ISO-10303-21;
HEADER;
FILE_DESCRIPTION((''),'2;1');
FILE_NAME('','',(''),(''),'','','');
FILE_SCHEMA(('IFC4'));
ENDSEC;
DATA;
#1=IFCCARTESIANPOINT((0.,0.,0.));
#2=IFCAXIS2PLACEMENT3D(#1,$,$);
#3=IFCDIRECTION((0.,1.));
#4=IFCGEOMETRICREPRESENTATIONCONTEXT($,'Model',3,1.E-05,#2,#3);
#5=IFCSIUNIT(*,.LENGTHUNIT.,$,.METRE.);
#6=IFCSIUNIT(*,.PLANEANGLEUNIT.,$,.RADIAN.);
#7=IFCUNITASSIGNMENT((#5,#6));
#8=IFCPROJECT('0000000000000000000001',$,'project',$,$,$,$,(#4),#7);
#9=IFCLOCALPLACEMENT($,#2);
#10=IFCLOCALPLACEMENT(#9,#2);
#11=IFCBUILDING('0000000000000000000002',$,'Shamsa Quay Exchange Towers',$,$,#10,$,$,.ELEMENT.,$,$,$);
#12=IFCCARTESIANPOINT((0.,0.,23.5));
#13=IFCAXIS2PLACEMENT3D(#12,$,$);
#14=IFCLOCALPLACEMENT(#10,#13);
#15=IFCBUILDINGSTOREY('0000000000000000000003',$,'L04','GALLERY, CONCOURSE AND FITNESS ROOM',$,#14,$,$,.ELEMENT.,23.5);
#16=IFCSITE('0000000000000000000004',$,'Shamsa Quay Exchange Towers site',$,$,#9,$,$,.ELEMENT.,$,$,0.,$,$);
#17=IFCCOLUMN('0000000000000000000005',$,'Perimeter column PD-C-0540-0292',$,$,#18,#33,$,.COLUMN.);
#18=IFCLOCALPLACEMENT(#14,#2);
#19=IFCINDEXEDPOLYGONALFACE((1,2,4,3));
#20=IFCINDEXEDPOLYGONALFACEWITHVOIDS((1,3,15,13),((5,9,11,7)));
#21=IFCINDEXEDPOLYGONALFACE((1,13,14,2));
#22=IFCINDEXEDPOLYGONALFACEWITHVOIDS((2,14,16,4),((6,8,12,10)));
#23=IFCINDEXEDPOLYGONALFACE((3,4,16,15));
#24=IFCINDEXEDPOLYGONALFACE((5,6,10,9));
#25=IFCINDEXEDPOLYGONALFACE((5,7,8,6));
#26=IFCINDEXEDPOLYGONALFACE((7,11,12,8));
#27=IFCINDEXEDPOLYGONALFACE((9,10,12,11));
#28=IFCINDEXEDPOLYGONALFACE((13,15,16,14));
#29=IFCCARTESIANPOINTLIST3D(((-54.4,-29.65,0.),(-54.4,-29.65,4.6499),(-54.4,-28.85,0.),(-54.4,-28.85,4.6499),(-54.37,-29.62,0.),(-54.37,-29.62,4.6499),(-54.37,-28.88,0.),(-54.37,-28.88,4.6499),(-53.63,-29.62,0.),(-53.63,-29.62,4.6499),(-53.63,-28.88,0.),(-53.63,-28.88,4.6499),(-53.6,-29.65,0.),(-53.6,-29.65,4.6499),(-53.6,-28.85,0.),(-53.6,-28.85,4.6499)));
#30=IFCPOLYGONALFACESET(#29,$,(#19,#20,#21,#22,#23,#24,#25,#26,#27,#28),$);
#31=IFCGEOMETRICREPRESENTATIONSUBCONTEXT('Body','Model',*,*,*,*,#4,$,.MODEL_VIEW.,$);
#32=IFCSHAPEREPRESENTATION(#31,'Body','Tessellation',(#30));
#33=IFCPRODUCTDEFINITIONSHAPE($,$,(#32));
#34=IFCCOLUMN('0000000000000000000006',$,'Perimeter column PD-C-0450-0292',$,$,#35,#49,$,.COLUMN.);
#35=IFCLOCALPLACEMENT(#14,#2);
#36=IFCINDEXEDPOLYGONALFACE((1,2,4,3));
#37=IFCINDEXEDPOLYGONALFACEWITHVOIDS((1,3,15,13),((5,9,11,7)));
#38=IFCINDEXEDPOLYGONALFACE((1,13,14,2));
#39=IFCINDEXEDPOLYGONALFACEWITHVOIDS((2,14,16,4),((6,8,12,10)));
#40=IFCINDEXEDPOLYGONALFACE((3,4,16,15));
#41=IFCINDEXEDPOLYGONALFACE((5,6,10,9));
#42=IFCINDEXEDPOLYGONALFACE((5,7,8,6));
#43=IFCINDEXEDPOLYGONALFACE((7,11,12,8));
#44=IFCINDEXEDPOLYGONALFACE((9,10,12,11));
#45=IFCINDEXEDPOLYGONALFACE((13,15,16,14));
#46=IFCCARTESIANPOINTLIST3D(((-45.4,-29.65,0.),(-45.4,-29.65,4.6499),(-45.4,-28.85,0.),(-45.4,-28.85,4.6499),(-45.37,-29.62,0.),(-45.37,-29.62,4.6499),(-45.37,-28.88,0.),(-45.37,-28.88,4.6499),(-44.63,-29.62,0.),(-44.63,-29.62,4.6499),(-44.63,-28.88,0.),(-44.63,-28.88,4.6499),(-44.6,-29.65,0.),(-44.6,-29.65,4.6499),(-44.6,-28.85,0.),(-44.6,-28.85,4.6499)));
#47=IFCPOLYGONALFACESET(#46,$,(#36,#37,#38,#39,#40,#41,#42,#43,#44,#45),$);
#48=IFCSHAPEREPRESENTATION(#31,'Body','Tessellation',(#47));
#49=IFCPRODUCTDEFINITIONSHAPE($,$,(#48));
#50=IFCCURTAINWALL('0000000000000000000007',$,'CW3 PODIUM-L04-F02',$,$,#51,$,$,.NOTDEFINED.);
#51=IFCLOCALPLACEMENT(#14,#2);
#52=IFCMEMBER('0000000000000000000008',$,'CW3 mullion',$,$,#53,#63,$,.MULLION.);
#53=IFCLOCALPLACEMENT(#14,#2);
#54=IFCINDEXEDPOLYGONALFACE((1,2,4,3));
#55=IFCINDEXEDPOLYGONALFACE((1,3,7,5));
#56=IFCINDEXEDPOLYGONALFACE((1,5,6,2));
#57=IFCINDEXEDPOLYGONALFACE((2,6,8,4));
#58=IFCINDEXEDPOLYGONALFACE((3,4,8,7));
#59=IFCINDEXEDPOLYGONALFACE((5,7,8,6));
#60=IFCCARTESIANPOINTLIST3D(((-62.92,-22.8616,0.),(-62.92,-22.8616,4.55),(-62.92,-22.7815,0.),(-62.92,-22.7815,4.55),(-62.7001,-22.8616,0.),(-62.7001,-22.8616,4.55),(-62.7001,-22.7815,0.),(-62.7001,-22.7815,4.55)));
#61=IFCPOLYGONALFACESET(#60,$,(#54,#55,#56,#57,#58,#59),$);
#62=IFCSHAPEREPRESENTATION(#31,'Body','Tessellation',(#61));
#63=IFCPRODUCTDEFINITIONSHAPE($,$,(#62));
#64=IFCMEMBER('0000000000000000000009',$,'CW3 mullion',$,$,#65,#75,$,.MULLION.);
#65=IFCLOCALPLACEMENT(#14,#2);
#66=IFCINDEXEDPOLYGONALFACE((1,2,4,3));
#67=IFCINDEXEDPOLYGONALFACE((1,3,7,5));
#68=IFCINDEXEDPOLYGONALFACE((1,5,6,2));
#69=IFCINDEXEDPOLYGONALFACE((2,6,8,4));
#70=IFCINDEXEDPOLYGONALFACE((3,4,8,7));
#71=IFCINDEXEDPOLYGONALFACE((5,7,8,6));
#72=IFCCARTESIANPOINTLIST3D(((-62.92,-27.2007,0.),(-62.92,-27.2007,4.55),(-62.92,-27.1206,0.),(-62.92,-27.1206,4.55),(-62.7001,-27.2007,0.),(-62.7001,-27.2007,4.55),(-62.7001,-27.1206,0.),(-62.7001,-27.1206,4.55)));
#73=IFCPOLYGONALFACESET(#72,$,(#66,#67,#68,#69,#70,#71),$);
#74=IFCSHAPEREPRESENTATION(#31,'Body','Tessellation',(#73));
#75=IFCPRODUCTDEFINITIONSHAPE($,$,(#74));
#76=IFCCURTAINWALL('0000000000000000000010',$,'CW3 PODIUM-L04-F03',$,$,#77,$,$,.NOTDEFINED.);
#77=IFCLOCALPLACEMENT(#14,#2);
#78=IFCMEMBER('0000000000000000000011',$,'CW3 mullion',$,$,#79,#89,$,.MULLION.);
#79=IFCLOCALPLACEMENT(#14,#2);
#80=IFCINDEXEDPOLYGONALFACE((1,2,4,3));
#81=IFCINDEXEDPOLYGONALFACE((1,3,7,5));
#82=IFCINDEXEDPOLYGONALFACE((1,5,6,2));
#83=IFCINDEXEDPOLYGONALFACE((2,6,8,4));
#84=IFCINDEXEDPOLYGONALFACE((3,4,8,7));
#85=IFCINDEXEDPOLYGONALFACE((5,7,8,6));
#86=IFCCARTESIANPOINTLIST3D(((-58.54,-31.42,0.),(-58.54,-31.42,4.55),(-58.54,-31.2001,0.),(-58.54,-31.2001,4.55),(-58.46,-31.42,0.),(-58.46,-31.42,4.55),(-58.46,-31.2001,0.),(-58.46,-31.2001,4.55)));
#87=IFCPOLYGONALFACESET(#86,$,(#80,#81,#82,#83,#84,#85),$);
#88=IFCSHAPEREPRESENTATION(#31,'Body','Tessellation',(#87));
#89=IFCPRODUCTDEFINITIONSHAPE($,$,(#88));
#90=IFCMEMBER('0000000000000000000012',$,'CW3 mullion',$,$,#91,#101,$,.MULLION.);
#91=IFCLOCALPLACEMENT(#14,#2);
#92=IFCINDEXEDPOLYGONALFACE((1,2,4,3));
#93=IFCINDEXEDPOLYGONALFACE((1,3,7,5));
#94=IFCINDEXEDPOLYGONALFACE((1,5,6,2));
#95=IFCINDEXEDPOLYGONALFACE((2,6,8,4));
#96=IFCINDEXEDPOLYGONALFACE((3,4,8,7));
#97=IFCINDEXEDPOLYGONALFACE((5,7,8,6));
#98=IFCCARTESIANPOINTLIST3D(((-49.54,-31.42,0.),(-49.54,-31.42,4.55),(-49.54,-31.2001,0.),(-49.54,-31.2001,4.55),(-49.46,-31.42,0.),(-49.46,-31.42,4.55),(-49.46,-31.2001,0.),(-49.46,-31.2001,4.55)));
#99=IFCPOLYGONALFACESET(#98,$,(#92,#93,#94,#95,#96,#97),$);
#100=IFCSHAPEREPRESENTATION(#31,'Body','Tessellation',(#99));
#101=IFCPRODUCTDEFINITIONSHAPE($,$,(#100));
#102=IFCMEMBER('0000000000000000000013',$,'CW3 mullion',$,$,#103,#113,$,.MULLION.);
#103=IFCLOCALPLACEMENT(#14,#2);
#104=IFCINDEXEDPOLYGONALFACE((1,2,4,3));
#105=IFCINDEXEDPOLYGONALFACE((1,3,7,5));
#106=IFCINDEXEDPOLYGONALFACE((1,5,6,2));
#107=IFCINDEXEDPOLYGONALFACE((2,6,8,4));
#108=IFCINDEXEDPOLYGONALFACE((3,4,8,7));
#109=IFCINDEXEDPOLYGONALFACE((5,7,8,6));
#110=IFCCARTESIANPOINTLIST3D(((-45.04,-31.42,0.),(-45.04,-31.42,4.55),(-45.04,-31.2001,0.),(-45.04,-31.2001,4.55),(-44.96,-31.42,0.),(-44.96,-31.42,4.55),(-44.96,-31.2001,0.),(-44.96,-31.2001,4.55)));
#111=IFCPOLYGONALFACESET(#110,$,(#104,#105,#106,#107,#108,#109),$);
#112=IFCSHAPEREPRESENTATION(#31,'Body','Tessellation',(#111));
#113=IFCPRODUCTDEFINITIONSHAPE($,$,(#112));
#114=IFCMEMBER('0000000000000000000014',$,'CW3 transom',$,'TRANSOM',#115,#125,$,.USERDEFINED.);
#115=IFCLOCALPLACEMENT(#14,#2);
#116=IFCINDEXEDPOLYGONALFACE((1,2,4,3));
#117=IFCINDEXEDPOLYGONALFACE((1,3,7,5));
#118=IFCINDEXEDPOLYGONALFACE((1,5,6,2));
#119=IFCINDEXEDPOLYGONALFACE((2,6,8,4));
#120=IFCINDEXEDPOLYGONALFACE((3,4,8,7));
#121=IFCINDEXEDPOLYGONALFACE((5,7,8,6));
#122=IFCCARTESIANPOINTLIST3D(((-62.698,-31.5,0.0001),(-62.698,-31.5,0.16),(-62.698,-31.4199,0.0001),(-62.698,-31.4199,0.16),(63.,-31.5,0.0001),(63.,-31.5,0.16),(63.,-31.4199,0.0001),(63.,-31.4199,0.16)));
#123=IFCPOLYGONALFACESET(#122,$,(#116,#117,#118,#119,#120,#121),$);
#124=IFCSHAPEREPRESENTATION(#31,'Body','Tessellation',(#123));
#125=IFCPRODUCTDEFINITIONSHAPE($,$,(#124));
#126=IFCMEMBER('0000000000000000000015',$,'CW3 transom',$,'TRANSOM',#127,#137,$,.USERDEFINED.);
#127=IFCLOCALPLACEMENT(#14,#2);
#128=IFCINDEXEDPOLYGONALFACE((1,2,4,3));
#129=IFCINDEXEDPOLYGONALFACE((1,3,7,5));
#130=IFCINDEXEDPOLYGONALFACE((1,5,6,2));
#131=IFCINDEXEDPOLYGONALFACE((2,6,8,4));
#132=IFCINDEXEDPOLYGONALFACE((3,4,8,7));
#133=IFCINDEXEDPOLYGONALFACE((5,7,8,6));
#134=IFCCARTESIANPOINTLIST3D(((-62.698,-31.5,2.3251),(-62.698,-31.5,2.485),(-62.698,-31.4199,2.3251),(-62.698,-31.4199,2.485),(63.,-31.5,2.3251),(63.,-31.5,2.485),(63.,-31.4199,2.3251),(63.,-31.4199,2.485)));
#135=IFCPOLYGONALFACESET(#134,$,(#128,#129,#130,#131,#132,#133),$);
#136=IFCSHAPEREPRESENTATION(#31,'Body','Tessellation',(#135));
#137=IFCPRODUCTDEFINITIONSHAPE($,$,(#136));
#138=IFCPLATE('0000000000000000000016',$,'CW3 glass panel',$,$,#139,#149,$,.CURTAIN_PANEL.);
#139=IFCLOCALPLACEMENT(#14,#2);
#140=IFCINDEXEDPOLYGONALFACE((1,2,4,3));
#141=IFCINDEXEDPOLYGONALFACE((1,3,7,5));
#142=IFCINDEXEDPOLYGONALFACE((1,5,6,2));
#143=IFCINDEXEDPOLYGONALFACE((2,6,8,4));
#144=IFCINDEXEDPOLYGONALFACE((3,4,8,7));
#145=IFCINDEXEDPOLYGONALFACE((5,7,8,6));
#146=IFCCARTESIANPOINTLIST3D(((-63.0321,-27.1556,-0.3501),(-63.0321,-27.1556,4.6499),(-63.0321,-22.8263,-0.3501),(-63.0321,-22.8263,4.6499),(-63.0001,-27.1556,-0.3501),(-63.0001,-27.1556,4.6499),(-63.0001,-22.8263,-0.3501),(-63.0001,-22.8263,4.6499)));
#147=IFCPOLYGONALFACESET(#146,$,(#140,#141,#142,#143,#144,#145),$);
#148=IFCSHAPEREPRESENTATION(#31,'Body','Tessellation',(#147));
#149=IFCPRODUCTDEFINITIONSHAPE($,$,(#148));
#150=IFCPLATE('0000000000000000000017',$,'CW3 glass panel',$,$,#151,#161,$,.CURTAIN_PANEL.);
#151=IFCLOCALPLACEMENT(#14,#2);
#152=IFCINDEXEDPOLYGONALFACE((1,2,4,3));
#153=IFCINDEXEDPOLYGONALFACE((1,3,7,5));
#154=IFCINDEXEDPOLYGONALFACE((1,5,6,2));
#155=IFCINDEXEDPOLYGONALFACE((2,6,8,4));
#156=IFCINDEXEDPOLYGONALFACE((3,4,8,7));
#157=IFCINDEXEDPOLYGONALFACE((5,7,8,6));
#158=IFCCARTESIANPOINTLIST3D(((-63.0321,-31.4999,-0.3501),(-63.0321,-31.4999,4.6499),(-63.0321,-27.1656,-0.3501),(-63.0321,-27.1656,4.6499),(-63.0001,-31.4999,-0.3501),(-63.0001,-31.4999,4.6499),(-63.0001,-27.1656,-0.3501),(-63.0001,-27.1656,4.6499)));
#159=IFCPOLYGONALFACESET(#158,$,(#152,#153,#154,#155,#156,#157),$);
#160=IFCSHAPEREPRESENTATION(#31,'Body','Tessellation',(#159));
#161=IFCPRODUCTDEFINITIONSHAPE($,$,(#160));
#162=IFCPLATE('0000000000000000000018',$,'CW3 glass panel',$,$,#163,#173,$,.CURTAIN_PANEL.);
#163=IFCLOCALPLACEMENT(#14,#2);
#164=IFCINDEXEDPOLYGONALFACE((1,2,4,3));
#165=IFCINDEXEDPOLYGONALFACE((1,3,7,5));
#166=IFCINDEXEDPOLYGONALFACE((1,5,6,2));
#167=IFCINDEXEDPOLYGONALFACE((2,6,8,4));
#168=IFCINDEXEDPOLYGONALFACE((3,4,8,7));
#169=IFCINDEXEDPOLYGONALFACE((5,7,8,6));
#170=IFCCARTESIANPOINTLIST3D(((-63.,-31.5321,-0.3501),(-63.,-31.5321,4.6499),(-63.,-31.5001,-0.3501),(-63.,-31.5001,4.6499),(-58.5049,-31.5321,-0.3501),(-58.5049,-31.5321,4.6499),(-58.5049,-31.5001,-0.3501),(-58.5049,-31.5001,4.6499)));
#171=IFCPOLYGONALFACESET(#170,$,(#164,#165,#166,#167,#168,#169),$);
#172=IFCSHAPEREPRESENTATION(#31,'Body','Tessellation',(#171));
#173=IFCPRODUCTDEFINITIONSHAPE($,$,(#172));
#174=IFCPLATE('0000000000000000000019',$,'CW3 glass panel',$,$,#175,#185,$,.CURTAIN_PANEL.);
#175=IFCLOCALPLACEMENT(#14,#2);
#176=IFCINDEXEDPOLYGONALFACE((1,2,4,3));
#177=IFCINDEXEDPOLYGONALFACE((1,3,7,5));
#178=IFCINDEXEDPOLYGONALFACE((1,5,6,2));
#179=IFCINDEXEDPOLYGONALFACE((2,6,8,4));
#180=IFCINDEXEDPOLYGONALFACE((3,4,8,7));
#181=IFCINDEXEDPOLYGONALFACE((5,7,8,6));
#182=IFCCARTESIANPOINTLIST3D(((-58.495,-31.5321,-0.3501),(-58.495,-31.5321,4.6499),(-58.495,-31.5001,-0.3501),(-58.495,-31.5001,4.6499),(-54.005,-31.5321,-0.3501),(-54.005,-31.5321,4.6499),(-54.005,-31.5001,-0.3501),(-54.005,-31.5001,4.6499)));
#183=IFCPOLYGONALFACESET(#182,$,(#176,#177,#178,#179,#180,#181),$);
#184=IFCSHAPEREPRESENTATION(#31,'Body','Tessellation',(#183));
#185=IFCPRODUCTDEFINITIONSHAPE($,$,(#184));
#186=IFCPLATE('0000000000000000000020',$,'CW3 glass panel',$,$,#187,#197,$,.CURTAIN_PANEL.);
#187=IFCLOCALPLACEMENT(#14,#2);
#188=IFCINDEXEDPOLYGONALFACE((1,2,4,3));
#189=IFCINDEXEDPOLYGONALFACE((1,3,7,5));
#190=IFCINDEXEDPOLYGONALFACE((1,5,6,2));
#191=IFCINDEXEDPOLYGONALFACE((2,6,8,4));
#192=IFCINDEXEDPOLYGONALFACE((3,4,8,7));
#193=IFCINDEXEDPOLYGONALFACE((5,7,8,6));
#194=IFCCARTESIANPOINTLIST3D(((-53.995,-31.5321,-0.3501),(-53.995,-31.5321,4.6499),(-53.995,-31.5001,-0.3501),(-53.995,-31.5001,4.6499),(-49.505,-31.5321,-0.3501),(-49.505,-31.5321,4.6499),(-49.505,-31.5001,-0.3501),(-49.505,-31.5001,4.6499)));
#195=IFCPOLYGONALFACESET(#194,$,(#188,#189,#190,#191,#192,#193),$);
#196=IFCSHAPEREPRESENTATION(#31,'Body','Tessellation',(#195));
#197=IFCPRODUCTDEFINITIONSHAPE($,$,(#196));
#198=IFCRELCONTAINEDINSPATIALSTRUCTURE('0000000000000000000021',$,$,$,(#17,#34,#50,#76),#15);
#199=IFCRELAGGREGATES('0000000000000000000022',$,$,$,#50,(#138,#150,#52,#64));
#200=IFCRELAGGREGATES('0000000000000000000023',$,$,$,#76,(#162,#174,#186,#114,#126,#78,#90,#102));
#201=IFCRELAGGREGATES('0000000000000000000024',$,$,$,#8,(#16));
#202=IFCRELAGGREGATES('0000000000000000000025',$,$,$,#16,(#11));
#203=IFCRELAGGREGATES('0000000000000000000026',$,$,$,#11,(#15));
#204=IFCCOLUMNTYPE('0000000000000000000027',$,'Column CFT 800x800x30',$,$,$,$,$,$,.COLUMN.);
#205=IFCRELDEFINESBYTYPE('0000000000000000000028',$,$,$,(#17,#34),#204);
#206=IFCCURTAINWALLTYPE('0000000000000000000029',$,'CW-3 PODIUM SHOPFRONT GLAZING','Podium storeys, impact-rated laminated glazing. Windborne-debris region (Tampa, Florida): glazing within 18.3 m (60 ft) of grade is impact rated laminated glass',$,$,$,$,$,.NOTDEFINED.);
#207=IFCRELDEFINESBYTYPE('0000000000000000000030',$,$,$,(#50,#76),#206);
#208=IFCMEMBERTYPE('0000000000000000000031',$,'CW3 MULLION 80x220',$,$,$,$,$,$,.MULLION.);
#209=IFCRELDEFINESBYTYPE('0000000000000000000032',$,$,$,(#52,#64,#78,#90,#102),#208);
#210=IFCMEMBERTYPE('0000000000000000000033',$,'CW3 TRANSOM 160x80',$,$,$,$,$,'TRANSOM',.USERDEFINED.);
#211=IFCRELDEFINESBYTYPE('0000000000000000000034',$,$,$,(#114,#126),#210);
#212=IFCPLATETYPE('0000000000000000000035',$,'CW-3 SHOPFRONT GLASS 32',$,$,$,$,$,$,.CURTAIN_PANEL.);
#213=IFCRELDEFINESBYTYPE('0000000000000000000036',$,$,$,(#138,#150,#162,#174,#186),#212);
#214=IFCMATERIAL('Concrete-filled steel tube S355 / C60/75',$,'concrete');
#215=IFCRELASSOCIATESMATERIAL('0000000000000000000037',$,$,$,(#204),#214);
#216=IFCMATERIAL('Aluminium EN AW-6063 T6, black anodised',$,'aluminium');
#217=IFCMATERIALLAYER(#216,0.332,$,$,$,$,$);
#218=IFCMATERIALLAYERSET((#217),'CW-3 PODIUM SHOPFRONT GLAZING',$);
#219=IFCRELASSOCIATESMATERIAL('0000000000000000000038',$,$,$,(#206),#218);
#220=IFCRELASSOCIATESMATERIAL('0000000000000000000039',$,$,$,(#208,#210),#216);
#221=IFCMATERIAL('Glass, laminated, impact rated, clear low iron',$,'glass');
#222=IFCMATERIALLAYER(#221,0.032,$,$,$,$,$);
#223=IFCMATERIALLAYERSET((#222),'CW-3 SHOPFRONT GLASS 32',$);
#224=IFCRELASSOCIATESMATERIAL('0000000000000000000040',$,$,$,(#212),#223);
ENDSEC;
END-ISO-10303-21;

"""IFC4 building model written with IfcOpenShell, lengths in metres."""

from ifc_helpers import new_model, si_unit, direction, frame, origin, origin_2d, place, context, subcontext, project, spatial, rectangle, hollow_rectangle, extrude, material, layer, layer_set, material_profile, profile_set, type_object, element, aggregate, save


model = new_model("IFC4")

# Units and contexts
model_context = context("Model", 3, precision=1e-05, world=origin(), true_north=direction((0.0, 1.0)))
body_context = subcontext(model_context, "Body", "Model", "MODEL_VIEW")
ifc_project = project(units=[si_unit("LENGTHUNIT", "METRE"), si_unit("PLANEANGLEUNIT", "RADIAN")], contexts=[model_context])

# Site, building, storey
site_placement = place(None, origin())
site = spatial("IfcSite", under=ifc_project, at=site_placement, Name="Shamsa Quay Exchange Towers site", CompositionType="ELEMENT", RefElevation=0.0)
building_placement = place(site_placement, origin())
building = spatial("IfcBuilding", under=site, at=building_placement, Name="Shamsa Quay Exchange Towers", CompositionType="ELEMENT")
storey_placement = place(building_placement, frame((0.0, 0.0, 23.5)))
storey = spatial("IfcBuildingStorey", under=building, at=storey_placement, Name="L04", Description="GALLERY, CONCOURSE AND FITNESS ROOM", CompositionType="ELEMENT", Elevation=23.5)

# Columns
ifc_material_1 = material(Name="Concrete-filled steel tube S355 / C60/75", Category="concrete")
ifc_material_profile_1 = material_profile(ifc_material_1, hollow_rectangle(XDim=0.8, YDim=0.8, WallThickness=0.03, at=origin_2d()), Name="CFT 800x800x30")
ifc_profile_set_1 = profile_set([ifc_material_profile_1], Name="Concrete-filled steel tube S355 / C60/75")
column_type = type_object("IfcColumnType", Name="Column CFT 800x800x30", PredefinedType="COLUMN", material=ifc_profile_set_1)
for number, where, name in (
    (1, (-54.0, -29.25, 0.0), "Perimeter column PD-C-0540-0292"),
    (2, (-45.0, -29.25, 0.0), "Perimeter column PD-C-0450-0292"),
):
    element("IfcColumn", number, at=place(storey_placement, frame(where)), inside=storey, type_object=column_type, Name=name, PredefinedType="COLUMN", context=body_context, shape_type="SweptSolid", body=[
        extrude(hollow_rectangle(XDim=0.8, YDim=0.8, WallThickness=0.03, at=origin_2d()), origin(), (0.0, 0.0, 1.0), 4.6499),
    ])

# Curtain walls, members
ifc_material_2 = material(Name="Aluminium EN AW-6063 T6, black anodised", Category="aluminium")
ifc_layer_1 = layer(ifc_material_2, 0.332)
ifc_layer_set_1 = layer_set([ifc_layer_1], Name="CW-3 PODIUM SHOPFRONT GLAZING")
curtain_wall_type = type_object("IfcCurtainWallType", Name="CW-3 PODIUM SHOPFRONT GLAZING", Description="Podium storeys, impact-rated laminated glazing. Windborne-debris region (Tampa, Florida): glazing within 18.3 m (60 ft) of grade is impact rated laminated glass", PredefinedType="NOTDEFINED", material=ifc_layer_set_1)
curtain_wall_1_placement = place(storey_placement, origin())
curtain_wall_1 = element("IfcCurtainWall", 3, at=curtain_wall_1_placement, inside=storey, type_object=curtain_wall_type, Name="CW3 PODIUM-L04-F02", PredefinedType="NOTDEFINED")
ifc_material_profile_2 = material_profile(ifc_material_2, rectangle(XDim=0.22, YDim=0.0801, at=origin_2d()), Name="MU80x220")
ifc_profile_set_2 = profile_set([ifc_material_profile_2], Name="Aluminium EN AW-6063 T6, black anodised")
member_type_1 = type_object("IfcMemberType", Name="CW3 MULLION 80x220", PredefinedType="MULLION", material=ifc_profile_set_2)
member_1_placement = place(storey_placement, frame((-62.8101, -22.8215, 0.0)))
member_1 = element("IfcMember", 4, at=member_1_placement, type_object=member_type_1, Name="CW3 mullion", PredefinedType="MULLION", context=body_context, shape_type="SweptSolid", body=[
    extrude(rectangle(XDim=0.22, YDim=0.0801, at=origin_2d()), origin(), (0.0, 0.0, 1.0), 4.55),
])
member_2_placement = place(storey_placement, frame((-62.8101, -27.1606, 0.0)))
member_2 = element("IfcMember", 5, at=member_2_placement, type_object=member_type_1, Name="CW3 mullion", PredefinedType="MULLION", context=body_context, shape_type="SweptSolid", body=[
    extrude(rectangle(XDim=0.22, YDim=0.0801, at=origin_2d()), origin(), (0.0, 0.0, 1.0), 4.55),
])
curtain_wall_2_placement = place(storey_placement, origin())
curtain_wall_2 = element("IfcCurtainWall", 6, at=curtain_wall_2_placement, inside=storey, type_object=curtain_wall_type, Name="CW3 PODIUM-L04-F03", PredefinedType="NOTDEFINED")
member_3_placement = place(storey_placement, frame((-58.5, -31.3101, 0.0), z_axis=(0.0, 0.0, 1.0), x_axis=(0.0, 1.0, 0.0)))
member_3 = element("IfcMember", 7, at=member_3_placement, type_object=member_type_1, Name="CW3 mullion", PredefinedType="MULLION", context=body_context, shape_type="SweptSolid", body=[
    extrude(rectangle(XDim=0.22, YDim=0.0801, at=origin_2d()), origin(), (0.0, 0.0, 1.0), 4.55),
])
member_4_placement = place(storey_placement, frame((-49.5, -31.3101, 0.0), z_axis=(0.0, 0.0, 1.0), x_axis=(0.0, 1.0, 0.0)))
member_4 = element("IfcMember", 8, at=member_4_placement, type_object=member_type_1, Name="CW3 mullion", PredefinedType="MULLION", context=body_context, shape_type="SweptSolid", body=[
    extrude(rectangle(XDim=0.22, YDim=0.0801, at=origin_2d()), origin(), (0.0, 0.0, 1.0), 4.55),
])
member_5_placement = place(storey_placement, frame((-45.0, -31.3101, 0.0), z_axis=(0.0, 0.0, 1.0), x_axis=(0.0, 1.0, 0.0)))
member_5 = element("IfcMember", 9, at=member_5_placement, type_object=member_type_1, Name="CW3 mullion", PredefinedType="MULLION", context=body_context, shape_type="SweptSolid", body=[
    extrude(rectangle(XDim=0.22, YDim=0.0801, at=origin_2d()), origin(), (0.0, 0.0, 1.0), 4.55),
])
ifc_material_profile_3 = material_profile(ifc_material_2, rectangle(XDim=0.0801, YDim=0.1599, at=origin_2d()), Name="TR160x80")
ifc_profile_set_3 = profile_set([ifc_material_profile_3], Name="Aluminium EN AW-6063 T6, black anodised")
member_type_2 = type_object("IfcMemberType", Name="CW3 TRANSOM 160x80", ElementType="TRANSOM", PredefinedType="USERDEFINED", material=ifc_profile_set_3)
member_6_placement = place(storey_placement, frame((-62.698, -31.46, 0.0801), z_axis=(1.0, 0.0, 0.0), x_axis=(0.0, 1.0, 0.0)))
member_6 = element("IfcMember", 10, at=member_6_placement, type_object=member_type_2, Name="CW3 transom", ObjectType="TRANSOM", PredefinedType="USERDEFINED", context=body_context, shape_type="SweptSolid", body=[
    extrude(rectangle(XDim=0.0801, YDim=0.1599, at=origin_2d()), origin(), (0.0, 0.0, 1.0), 125.698),
])
member_7_placement = place(storey_placement, frame((-62.698, -31.46, 2.405), z_axis=(1.0, 0.0, 0.0), x_axis=(0.0, 1.0, 0.0)))
member_7 = element("IfcMember", 11, at=member_7_placement, type_object=member_type_2, Name="CW3 transom", ObjectType="TRANSOM", PredefinedType="USERDEFINED", context=body_context, shape_type="SweptSolid", body=[
    extrude(rectangle(XDim=0.0801, YDim=0.1599, at=origin_2d()), origin(), (0.0, 0.0, 1.0), 125.698),
])

# Plates
ifc_material_3 = material(Name="Glass, laminated, impact rated, clear low iron", Category="glass")
ifc_layer_2 = layer(ifc_material_3, 0.032)
ifc_layer_set_2 = layer_set([ifc_layer_2], Name="CW-3 SHOPFRONT GLASS 32")
plate_type = type_object("IfcPlateType", Name="CW-3 SHOPFRONT GLASS 32", PredefinedType="CURTAIN_PANEL", material=ifc_layer_set_2)
plate_1_placement = place(storey_placement, frame((-63.0161, -24.991, -0.3501), z_axis=(0.0, 0.0, 1.0), x_axis=(0.0, -1.0, 0.0)))
plate_1 = element("IfcPlate", 12, at=plate_1_placement, type_object=plate_type, Name="CW3 glass panel", PredefinedType="CURTAIN_PANEL", context=body_context, shape_type="SweptSolid", body=[
    extrude(rectangle(XDim=4.3293, YDim=0.032, at=origin_2d()), origin(), (0.0, 0.0, 1.0), 5.0),
])
plate_2_placement = place(storey_placement, frame((-63.0161, -29.3328, -0.3501), z_axis=(0.0, 0.0, 1.0), x_axis=(0.0, -1.0, 0.0)))
plate_2 = element("IfcPlate", 13, at=plate_2_placement, type_object=plate_type, Name="CW3 glass panel", PredefinedType="CURTAIN_PANEL", context=body_context, shape_type="SweptSolid", body=[
    extrude(rectangle(XDim=4.3342, YDim=0.032, at=origin_2d()), origin(), (0.0, 0.0, 1.0), 5.0),
])
aggregate(curtain_wall_1, [plate_1, plate_2, member_1, member_2])
plate_3_placement = place(storey_placement, frame((-60.7524, -31.5161, -0.3501)))
plate_3 = element("IfcPlate", 14, at=plate_3_placement, type_object=plate_type, Name="CW3 glass panel", PredefinedType="CURTAIN_PANEL", context=body_context, shape_type="SweptSolid", body=[
    extrude(rectangle(XDim=4.4951, YDim=0.032, at=origin_2d()), origin(), (0.0, 0.0, 1.0), 5.0),
])
plate_4_placement = place(storey_placement, frame((-56.25, -31.5161, -0.3501)))
plate_4 = element("IfcPlate", 15, at=plate_4_placement, type_object=plate_type, Name="CW3 glass panel", PredefinedType="CURTAIN_PANEL", context=body_context, shape_type="SweptSolid", body=[
    extrude(rectangle(XDim=4.49, YDim=0.032, at=origin_2d()), origin(), (0.0, 0.0, 1.0), 5.0),
])
plate_5_placement = place(storey_placement, frame((-51.75, -31.5161, -0.3501)))
plate_5 = element("IfcPlate", 16, at=plate_5_placement, type_object=plate_type, Name="CW3 glass panel", PredefinedType="CURTAIN_PANEL", context=body_context, shape_type="SweptSolid", body=[
    extrude(rectangle(XDim=4.49, YDim=0.032, at=origin_2d()), origin(), (0.0, 0.0, 1.0), 5.0),
])
aggregate(curtain_wall_2, [plate_3, plate_4, plate_5, member_6, member_7, member_3, member_4, member_5])

save(model, "model.ifc")
